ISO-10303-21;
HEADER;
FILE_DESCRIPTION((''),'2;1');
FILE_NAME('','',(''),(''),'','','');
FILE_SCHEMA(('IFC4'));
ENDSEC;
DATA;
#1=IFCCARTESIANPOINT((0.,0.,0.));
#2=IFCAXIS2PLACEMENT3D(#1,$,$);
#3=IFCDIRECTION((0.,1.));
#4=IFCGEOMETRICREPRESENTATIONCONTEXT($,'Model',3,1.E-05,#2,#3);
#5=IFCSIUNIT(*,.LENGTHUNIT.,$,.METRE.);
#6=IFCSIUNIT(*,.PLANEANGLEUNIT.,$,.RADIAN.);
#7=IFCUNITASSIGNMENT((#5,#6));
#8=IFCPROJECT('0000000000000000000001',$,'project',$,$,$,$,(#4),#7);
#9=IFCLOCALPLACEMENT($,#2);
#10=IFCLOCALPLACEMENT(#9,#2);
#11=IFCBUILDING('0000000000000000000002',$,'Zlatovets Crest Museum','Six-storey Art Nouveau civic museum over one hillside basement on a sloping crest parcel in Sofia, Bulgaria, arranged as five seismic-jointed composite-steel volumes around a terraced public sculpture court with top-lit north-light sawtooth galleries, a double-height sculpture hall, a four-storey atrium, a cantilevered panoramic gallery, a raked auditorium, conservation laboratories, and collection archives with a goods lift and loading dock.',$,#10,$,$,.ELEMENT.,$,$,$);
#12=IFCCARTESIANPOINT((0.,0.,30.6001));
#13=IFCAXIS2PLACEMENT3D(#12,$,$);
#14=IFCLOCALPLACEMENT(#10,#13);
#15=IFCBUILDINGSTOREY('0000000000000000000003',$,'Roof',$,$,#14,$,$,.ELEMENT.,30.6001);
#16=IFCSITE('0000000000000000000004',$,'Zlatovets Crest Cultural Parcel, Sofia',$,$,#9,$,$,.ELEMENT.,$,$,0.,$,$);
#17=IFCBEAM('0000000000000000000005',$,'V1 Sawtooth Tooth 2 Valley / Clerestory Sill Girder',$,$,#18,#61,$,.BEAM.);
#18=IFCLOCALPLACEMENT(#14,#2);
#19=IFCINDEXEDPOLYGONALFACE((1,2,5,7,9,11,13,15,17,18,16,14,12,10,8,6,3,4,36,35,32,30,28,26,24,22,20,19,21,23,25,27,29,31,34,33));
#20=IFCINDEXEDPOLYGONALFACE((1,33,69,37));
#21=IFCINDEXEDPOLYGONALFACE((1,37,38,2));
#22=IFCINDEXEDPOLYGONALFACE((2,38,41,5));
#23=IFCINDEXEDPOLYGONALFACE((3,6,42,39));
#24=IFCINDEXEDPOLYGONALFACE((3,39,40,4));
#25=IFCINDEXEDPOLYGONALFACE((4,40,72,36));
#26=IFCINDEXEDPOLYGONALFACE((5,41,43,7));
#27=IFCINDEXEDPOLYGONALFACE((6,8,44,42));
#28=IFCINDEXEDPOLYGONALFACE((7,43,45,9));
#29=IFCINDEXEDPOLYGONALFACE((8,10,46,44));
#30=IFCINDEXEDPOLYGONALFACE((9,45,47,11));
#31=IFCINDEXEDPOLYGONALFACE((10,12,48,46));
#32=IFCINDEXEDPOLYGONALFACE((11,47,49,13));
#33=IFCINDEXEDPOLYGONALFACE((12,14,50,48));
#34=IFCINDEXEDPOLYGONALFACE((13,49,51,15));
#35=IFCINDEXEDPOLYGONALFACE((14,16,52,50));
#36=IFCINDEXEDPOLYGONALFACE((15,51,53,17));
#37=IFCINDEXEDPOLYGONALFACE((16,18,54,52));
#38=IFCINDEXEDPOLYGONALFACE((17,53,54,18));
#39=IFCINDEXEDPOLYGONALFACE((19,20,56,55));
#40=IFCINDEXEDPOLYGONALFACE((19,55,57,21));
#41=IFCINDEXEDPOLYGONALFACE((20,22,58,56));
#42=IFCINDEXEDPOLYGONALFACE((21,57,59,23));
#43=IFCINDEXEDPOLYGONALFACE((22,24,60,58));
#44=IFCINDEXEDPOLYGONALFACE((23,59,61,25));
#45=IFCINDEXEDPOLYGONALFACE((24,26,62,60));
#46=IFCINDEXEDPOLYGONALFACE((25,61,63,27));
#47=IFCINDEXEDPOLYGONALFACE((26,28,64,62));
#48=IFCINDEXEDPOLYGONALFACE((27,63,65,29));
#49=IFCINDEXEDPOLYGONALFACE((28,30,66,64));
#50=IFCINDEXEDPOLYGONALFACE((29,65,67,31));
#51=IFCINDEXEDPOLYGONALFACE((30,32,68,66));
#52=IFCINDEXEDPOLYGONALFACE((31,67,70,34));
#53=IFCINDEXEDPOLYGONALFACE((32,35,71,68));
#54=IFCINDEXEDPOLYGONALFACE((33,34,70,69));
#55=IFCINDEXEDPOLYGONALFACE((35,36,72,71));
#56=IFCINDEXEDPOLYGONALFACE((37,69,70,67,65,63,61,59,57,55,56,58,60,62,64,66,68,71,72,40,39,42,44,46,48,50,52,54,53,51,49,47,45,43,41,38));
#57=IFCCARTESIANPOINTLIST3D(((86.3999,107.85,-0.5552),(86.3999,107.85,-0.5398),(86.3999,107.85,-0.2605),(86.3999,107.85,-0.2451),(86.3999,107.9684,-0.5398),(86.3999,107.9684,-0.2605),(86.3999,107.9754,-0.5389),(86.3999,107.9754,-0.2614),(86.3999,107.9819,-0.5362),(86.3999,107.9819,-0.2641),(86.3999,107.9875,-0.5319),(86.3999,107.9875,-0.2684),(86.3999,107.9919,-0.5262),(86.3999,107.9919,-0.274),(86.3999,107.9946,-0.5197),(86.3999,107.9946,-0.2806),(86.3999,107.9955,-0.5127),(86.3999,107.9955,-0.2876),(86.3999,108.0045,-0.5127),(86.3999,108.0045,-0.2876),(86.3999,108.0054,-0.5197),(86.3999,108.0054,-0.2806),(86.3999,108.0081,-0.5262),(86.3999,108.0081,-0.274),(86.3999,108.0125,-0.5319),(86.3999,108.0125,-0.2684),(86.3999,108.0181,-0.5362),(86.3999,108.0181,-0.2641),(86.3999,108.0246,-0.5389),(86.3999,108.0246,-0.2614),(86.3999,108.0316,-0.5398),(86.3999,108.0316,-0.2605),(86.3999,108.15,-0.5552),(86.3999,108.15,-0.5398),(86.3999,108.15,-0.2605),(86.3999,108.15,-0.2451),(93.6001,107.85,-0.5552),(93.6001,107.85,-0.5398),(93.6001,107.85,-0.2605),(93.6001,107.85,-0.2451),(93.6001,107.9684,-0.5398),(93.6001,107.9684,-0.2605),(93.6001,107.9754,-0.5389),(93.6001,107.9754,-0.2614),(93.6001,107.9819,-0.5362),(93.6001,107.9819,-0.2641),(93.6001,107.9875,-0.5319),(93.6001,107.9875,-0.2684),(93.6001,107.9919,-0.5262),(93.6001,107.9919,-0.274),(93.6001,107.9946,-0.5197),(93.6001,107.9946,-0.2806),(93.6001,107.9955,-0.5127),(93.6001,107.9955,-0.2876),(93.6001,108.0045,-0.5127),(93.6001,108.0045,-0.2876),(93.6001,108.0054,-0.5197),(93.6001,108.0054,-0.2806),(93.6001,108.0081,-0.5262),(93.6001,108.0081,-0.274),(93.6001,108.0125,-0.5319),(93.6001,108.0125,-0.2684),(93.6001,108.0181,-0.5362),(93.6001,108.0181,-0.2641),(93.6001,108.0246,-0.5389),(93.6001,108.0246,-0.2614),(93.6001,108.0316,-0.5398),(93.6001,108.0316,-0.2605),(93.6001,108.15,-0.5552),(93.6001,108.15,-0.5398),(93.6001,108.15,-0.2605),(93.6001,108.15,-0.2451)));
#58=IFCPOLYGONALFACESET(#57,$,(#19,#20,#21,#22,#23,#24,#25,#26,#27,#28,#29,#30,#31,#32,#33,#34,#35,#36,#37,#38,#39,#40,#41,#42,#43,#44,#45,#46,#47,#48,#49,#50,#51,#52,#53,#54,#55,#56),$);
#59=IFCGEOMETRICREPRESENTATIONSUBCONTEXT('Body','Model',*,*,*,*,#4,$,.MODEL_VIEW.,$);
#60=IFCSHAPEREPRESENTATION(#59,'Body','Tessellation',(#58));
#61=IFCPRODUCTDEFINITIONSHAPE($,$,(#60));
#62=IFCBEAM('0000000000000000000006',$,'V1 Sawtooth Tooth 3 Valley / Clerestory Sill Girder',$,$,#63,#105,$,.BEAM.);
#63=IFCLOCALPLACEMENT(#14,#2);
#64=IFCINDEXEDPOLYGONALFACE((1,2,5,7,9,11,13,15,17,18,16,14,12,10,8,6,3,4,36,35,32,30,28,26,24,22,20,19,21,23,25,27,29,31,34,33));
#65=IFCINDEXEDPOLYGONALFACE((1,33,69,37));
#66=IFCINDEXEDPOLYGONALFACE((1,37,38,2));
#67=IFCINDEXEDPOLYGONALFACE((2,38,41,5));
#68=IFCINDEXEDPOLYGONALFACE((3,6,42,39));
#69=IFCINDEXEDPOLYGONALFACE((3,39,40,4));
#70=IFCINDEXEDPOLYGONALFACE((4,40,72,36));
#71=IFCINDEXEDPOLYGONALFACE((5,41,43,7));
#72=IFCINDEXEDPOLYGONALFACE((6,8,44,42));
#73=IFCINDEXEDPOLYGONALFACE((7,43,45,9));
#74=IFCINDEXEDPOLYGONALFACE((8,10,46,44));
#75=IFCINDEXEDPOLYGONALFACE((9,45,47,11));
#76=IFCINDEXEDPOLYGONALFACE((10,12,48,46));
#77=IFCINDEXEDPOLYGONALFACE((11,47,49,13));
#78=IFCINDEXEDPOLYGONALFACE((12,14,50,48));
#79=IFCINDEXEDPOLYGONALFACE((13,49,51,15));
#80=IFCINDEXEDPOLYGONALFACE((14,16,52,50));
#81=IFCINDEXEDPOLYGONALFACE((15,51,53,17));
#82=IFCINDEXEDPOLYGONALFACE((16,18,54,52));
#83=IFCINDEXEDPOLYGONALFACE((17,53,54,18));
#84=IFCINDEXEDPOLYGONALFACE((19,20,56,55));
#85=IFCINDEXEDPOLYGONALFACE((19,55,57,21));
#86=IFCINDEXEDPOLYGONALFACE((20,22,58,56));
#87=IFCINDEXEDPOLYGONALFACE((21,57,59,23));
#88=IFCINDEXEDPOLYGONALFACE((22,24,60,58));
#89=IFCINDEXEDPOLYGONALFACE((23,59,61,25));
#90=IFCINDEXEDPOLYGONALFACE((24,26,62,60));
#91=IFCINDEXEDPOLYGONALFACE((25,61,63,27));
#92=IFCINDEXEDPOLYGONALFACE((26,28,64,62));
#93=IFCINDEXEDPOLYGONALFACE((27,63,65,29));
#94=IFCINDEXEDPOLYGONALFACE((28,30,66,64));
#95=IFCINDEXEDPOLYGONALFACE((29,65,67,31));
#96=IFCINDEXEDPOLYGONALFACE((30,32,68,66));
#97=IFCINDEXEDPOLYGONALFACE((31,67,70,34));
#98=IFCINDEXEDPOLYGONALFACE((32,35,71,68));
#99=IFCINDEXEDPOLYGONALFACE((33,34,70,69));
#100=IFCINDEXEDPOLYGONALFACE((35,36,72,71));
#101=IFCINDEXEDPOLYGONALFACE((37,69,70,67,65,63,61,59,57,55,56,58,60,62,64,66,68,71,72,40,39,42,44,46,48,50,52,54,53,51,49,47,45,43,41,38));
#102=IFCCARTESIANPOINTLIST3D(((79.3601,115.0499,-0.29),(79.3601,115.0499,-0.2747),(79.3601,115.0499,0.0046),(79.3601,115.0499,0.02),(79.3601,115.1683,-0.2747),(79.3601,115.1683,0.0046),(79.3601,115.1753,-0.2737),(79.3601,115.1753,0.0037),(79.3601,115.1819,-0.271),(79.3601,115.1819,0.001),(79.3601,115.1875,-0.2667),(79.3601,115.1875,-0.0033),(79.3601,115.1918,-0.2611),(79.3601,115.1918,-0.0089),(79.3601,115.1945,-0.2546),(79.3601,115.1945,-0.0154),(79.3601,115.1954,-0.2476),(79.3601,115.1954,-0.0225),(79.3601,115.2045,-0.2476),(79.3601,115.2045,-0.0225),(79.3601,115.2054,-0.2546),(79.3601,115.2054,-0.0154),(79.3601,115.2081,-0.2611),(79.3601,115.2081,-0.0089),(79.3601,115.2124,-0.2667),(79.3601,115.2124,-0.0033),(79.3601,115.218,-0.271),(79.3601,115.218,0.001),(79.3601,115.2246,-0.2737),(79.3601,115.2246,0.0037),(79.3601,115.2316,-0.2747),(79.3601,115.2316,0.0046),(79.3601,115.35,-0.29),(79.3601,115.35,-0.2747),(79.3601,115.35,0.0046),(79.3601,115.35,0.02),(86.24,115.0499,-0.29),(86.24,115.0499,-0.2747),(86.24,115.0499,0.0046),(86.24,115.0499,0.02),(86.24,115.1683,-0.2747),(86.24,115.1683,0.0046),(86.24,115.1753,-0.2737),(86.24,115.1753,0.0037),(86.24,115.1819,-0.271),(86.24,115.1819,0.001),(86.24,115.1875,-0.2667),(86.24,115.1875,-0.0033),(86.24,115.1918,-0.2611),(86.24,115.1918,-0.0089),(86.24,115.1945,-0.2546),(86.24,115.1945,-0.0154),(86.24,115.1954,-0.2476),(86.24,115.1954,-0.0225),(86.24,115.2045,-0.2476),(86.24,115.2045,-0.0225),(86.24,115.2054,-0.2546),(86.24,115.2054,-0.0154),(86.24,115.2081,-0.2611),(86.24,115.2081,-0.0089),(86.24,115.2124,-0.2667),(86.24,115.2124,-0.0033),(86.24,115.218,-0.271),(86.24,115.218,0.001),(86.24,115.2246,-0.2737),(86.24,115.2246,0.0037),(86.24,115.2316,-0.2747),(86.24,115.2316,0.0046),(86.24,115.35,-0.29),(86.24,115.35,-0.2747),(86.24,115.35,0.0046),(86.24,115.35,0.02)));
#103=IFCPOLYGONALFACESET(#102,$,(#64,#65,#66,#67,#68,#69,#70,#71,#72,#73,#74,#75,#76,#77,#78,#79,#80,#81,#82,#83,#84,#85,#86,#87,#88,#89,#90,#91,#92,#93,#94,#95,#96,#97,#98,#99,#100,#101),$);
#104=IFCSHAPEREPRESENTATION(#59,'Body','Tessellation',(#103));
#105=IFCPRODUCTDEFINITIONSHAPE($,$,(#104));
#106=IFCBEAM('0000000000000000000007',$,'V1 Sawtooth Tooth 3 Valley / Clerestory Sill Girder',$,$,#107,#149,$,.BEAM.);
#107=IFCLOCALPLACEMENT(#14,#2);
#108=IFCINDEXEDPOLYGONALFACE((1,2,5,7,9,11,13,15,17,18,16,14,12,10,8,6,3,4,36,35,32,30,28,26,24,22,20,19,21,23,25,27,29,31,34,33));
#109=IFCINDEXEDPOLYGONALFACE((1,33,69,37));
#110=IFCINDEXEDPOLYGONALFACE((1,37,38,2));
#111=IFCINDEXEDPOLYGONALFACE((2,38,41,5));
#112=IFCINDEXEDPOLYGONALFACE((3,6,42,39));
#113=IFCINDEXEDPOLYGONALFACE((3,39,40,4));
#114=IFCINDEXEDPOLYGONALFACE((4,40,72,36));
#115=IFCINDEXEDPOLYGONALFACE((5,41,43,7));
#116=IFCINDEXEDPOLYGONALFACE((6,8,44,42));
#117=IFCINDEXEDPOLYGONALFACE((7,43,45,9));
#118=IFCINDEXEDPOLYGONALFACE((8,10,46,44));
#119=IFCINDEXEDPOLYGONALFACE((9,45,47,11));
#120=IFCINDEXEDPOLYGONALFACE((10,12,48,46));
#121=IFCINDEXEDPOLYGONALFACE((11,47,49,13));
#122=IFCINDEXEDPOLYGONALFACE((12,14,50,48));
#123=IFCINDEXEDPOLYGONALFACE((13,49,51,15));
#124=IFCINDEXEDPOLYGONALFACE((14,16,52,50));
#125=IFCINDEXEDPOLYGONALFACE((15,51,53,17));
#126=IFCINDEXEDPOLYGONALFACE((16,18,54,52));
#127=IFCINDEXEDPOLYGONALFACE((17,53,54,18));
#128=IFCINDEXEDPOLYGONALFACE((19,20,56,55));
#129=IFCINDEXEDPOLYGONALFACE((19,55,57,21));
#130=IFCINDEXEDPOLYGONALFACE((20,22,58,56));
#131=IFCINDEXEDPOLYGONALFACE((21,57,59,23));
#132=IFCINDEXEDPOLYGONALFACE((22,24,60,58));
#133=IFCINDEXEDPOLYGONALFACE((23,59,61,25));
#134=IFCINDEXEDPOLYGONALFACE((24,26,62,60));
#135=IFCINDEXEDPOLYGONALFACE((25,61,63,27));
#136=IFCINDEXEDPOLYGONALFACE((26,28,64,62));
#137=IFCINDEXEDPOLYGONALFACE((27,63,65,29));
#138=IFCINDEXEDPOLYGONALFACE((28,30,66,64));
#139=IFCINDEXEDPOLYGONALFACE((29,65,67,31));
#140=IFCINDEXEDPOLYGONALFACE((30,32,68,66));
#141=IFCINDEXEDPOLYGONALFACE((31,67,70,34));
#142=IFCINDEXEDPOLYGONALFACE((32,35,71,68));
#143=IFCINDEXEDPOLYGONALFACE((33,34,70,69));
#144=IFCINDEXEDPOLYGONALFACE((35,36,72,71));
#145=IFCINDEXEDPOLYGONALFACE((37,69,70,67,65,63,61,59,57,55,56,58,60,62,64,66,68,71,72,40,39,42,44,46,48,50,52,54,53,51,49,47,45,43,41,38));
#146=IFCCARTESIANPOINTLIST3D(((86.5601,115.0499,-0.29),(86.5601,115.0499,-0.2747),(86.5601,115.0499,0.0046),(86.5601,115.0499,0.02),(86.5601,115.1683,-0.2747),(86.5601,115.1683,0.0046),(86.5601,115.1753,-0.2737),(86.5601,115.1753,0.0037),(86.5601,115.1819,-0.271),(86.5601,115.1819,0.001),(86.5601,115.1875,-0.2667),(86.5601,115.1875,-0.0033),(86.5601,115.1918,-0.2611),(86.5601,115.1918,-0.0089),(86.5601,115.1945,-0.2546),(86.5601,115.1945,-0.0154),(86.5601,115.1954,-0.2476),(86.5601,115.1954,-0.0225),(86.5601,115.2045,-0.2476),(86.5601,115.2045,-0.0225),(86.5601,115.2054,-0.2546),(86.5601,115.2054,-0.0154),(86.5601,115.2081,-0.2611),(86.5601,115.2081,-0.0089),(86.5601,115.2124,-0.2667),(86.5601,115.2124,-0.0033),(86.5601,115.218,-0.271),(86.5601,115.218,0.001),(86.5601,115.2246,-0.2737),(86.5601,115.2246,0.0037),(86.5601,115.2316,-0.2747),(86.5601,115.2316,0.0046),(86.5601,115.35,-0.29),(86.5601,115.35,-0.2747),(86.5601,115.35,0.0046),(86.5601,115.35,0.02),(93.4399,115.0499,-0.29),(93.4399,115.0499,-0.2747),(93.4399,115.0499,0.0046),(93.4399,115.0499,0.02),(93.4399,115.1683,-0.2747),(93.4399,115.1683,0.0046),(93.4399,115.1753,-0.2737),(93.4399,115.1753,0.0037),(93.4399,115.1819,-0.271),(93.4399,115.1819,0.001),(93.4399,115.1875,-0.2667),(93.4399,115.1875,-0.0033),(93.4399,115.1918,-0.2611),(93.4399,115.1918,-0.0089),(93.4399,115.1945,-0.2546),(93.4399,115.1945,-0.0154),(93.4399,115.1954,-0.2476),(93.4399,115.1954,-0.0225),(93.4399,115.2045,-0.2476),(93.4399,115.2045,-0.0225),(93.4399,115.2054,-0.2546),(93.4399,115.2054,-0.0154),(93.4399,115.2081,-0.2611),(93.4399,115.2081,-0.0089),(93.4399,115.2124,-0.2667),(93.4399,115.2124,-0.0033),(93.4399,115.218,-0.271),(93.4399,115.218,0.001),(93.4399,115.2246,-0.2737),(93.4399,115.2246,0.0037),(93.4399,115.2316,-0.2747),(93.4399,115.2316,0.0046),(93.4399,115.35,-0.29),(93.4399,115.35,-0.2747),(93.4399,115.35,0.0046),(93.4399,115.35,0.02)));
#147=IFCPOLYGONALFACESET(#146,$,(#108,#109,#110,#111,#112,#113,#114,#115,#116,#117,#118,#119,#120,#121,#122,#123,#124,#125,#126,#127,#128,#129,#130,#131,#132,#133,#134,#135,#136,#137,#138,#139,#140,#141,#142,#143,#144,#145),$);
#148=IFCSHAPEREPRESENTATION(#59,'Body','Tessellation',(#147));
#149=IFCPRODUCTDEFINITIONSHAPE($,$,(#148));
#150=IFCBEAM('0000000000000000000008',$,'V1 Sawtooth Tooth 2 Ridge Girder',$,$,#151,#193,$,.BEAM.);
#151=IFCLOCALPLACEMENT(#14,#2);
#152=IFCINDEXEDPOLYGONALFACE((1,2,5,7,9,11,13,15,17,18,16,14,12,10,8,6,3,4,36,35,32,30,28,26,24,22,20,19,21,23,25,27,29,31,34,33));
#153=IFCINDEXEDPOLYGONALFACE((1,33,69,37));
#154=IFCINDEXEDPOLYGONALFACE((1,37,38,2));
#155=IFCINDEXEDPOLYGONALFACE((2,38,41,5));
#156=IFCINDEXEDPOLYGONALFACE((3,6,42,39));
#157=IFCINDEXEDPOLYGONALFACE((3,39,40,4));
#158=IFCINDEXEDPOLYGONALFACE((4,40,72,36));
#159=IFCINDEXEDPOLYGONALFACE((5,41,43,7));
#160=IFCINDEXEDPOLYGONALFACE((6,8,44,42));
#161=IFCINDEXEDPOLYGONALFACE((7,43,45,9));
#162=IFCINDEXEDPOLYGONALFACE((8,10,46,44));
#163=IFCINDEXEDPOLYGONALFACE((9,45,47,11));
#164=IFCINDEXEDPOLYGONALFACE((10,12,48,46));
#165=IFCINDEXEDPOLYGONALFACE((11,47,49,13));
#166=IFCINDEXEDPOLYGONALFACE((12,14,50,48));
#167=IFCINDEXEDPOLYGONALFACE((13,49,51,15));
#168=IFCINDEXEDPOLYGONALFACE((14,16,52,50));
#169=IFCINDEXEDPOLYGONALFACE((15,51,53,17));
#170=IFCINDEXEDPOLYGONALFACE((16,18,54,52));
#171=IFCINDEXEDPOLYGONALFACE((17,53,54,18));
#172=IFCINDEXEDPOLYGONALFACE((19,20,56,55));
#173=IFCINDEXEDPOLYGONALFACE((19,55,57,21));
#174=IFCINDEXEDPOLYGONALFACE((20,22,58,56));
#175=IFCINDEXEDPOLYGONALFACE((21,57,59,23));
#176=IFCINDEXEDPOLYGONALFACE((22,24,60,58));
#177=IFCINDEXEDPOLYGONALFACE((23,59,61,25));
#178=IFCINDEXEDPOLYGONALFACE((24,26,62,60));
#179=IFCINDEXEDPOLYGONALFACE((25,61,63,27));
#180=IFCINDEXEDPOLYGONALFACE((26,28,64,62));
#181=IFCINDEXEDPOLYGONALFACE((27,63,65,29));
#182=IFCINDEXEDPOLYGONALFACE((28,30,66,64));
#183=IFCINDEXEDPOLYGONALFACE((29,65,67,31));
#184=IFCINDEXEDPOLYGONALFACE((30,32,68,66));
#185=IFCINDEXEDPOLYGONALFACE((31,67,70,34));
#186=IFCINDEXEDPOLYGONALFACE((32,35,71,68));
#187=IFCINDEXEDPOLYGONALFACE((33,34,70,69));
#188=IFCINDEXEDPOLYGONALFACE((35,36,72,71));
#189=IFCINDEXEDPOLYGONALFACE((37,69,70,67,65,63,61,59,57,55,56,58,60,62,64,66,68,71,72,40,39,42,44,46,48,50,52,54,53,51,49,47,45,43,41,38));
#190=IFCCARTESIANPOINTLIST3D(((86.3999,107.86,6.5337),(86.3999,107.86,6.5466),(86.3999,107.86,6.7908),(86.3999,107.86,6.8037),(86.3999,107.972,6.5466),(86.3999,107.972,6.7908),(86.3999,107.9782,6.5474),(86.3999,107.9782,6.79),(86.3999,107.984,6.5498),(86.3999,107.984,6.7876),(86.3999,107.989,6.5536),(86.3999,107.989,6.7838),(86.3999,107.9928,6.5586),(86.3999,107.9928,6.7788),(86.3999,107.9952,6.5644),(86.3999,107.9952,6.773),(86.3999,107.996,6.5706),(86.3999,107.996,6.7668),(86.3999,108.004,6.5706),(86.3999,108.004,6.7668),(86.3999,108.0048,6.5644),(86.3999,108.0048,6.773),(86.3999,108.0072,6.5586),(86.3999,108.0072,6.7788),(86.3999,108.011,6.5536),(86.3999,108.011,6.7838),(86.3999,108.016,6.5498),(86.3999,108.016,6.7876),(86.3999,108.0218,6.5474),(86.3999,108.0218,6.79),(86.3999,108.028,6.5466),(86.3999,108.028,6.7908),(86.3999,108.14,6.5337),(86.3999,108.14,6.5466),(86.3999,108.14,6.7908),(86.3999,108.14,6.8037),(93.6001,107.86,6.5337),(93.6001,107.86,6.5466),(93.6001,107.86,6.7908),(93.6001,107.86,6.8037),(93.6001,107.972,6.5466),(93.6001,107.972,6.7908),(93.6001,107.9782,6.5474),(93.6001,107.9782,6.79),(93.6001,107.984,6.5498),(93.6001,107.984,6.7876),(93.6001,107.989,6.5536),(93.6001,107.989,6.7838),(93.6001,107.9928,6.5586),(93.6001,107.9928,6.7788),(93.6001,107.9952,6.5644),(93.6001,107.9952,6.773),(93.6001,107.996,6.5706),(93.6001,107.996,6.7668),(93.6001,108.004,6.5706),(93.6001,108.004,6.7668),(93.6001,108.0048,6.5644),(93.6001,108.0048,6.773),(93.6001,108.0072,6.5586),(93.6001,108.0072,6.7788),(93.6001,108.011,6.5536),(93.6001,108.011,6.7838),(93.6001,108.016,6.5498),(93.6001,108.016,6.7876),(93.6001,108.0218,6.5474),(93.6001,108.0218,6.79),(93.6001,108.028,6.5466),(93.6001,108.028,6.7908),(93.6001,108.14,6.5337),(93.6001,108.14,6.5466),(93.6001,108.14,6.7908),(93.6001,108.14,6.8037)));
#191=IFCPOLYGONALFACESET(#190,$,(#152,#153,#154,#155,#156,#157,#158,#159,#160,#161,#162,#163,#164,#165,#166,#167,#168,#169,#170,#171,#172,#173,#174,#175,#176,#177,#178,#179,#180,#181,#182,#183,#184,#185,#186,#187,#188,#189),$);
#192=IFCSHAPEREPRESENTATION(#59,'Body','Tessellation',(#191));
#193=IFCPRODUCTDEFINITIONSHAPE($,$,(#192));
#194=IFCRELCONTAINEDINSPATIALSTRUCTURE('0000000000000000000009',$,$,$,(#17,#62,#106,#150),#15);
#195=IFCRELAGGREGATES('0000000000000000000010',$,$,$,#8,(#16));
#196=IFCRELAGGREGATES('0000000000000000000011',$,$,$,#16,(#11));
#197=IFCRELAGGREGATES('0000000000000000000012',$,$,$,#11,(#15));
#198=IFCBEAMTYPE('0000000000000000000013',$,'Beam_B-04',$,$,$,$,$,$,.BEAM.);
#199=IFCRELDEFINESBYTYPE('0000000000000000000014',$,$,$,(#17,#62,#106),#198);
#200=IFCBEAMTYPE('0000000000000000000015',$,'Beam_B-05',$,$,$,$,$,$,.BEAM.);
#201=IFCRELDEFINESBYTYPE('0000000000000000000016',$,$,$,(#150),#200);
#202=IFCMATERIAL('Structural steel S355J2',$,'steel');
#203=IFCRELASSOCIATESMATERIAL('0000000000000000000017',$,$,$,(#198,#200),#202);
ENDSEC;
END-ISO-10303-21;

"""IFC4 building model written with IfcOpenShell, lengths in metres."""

from ifc_helpers import new_model, si_unit, direction, frame, origin, origin_2d, place, context, subcontext, project, spatial, i_section, extrude, material, material_profile, profile_set, type_object, element, save


model = new_model("IFC4")

# Units and contexts
model_context = context("Model", 3, precision=1e-05, world=origin(), true_north=direction((0.0, 1.0)))
body_context = subcontext(model_context, "Body", "Model", "MODEL_VIEW")
ifc_project = project(units=[si_unit("LENGTHUNIT", "METRE"), si_unit("PLANEANGLEUNIT", "RADIAN")], contexts=[model_context])

# Site, building, storey
site_placement = place(None, origin())
site = spatial("IfcSite", under=ifc_project, at=site_placement, Name="Zlatovets Crest Cultural Parcel, Sofia", CompositionType="ELEMENT", RefElevation=0.0)
building_placement = place(site_placement, origin())
building = spatial("IfcBuilding", under=site, at=building_placement, Name="Zlatovets Crest Museum", Description="Six-storey Art Nouveau civic museum over one hillside basement on a sloping crest parcel in Sofia, Bulgaria, arranged as five seismic-jointed composite-steel volumes around a terraced public sculpture court with top-lit north-light sawtooth galleries, a double-height sculpture hall, a four-storey atrium, a cantilevered panoramic gallery, a raked auditorium, conservation laboratories, and collection archives with a goods lift and loading dock.", CompositionType="ELEMENT")
storey_placement = place(building_placement, frame((0.0, 0.0, 30.6001)))
storey = spatial("IfcBuildingStorey", under=building, at=storey_placement, Name="Roof", CompositionType="ELEMENT", Elevation=30.6001)

# Beams
ifc_material_1 = material(Name="Structural steel S355J2", Category="steel")
ifc_material_profile_1 = material_profile(ifc_material_1, i_section(OverallWidth=0.3, OverallDepth=0.3101, WebThickness=0.009, FlangeThickness=0.0154, FilletRadius=0.0271, at=origin_2d()), Name="HEA 320")
ifc_profile_set_1 = profile_set([ifc_material_profile_1], Name="Structural steel S355J2")
beam_type_1 = type_object("IfcBeamType", Name="Beam_B-04", PredefinedType="BEAM", material=ifc_profile_set_1)
beam_1_placement = place(storey_placement, frame((86.3999, 108.0, -0.4001), z_axis=(1.0, 0.0, 0.0), x_axis=(0.0, 1.0, 0.0)))
element("IfcBeam", 1, at=beam_1_placement, inside=storey, type_object=beam_type_1, Name="V1 Sawtooth Tooth 2 Valley / Clerestory Sill Girder", PredefinedType="BEAM", context=body_context, shape_type="SweptSolid", body=[
    extrude(i_section(OverallWidth=0.3, OverallDepth=0.3101, WebThickness=0.009, FlangeThickness=0.0154, FilletRadius=0.0271, at=origin_2d()), origin(), (0.0, 0.0, 1.0), 7.2002),
])
for number, where, z_axis, x_axis, name in (
    (2, (79.3601, 115.2, -0.135), (1.0, 0.0, 0.0), (0.0, 1.0, 0.0), "V1 Sawtooth Tooth 3 Valley / Clerestory Sill Girder"),
    (3, (86.5601, 115.2, -0.135), (1.0, 0.0, 0.0), (0.0, 1.0, 0.0), "V1 Sawtooth Tooth 3 Valley / Clerestory Sill Girder"),
):
    element("IfcBeam", number, at=place(storey_placement, frame(where, z_axis=z_axis, x_axis=x_axis)), inside=storey, type_object=beam_type_1, Name=name, PredefinedType="BEAM", context=body_context, shape_type="SweptSolid", body=[
        extrude(i_section(OverallWidth=0.3, OverallDepth=0.3101, WebThickness=0.009, FlangeThickness=0.0154, FilletRadius=0.0271, at=origin_2d()), origin(), (0.0, 0.0, 1.0), 6.8799),
    ])
ifc_material_profile_2 = material_profile(ifc_material_1, i_section(OverallWidth=0.28, OverallDepth=0.27, WebThickness=0.0081, FlangeThickness=0.0129, FilletRadius=0.0239, at=origin_2d()), Name="HEA 280")
ifc_profile_set_2 = profile_set([ifc_material_profile_2], Name="Structural steel S355J2")
beam_type_2 = type_object("IfcBeamType", Name="Beam_B-05", PredefinedType="BEAM", material=ifc_profile_set_2)
beam_2_placement = place(storey_placement, frame((86.3999, 108.0, 6.6687), z_axis=(1.0, 0.0, 0.0), x_axis=(0.0, 1.0, 0.0)))
element("IfcBeam", 4, at=beam_2_placement, inside=storey, type_object=beam_type_2, Name="V1 Sawtooth Tooth 2 Ridge Girder", PredefinedType="BEAM", context=body_context, shape_type="SweptSolid", body=[
    extrude(i_section(OverallWidth=0.28, OverallDepth=0.27, WebThickness=0.0081, FlangeThickness=0.0129, FilletRadius=0.0239, at=origin_2d()), origin(), (0.0, 0.0, 1.0), 7.2002),
])

save(model, "model.ifc")
